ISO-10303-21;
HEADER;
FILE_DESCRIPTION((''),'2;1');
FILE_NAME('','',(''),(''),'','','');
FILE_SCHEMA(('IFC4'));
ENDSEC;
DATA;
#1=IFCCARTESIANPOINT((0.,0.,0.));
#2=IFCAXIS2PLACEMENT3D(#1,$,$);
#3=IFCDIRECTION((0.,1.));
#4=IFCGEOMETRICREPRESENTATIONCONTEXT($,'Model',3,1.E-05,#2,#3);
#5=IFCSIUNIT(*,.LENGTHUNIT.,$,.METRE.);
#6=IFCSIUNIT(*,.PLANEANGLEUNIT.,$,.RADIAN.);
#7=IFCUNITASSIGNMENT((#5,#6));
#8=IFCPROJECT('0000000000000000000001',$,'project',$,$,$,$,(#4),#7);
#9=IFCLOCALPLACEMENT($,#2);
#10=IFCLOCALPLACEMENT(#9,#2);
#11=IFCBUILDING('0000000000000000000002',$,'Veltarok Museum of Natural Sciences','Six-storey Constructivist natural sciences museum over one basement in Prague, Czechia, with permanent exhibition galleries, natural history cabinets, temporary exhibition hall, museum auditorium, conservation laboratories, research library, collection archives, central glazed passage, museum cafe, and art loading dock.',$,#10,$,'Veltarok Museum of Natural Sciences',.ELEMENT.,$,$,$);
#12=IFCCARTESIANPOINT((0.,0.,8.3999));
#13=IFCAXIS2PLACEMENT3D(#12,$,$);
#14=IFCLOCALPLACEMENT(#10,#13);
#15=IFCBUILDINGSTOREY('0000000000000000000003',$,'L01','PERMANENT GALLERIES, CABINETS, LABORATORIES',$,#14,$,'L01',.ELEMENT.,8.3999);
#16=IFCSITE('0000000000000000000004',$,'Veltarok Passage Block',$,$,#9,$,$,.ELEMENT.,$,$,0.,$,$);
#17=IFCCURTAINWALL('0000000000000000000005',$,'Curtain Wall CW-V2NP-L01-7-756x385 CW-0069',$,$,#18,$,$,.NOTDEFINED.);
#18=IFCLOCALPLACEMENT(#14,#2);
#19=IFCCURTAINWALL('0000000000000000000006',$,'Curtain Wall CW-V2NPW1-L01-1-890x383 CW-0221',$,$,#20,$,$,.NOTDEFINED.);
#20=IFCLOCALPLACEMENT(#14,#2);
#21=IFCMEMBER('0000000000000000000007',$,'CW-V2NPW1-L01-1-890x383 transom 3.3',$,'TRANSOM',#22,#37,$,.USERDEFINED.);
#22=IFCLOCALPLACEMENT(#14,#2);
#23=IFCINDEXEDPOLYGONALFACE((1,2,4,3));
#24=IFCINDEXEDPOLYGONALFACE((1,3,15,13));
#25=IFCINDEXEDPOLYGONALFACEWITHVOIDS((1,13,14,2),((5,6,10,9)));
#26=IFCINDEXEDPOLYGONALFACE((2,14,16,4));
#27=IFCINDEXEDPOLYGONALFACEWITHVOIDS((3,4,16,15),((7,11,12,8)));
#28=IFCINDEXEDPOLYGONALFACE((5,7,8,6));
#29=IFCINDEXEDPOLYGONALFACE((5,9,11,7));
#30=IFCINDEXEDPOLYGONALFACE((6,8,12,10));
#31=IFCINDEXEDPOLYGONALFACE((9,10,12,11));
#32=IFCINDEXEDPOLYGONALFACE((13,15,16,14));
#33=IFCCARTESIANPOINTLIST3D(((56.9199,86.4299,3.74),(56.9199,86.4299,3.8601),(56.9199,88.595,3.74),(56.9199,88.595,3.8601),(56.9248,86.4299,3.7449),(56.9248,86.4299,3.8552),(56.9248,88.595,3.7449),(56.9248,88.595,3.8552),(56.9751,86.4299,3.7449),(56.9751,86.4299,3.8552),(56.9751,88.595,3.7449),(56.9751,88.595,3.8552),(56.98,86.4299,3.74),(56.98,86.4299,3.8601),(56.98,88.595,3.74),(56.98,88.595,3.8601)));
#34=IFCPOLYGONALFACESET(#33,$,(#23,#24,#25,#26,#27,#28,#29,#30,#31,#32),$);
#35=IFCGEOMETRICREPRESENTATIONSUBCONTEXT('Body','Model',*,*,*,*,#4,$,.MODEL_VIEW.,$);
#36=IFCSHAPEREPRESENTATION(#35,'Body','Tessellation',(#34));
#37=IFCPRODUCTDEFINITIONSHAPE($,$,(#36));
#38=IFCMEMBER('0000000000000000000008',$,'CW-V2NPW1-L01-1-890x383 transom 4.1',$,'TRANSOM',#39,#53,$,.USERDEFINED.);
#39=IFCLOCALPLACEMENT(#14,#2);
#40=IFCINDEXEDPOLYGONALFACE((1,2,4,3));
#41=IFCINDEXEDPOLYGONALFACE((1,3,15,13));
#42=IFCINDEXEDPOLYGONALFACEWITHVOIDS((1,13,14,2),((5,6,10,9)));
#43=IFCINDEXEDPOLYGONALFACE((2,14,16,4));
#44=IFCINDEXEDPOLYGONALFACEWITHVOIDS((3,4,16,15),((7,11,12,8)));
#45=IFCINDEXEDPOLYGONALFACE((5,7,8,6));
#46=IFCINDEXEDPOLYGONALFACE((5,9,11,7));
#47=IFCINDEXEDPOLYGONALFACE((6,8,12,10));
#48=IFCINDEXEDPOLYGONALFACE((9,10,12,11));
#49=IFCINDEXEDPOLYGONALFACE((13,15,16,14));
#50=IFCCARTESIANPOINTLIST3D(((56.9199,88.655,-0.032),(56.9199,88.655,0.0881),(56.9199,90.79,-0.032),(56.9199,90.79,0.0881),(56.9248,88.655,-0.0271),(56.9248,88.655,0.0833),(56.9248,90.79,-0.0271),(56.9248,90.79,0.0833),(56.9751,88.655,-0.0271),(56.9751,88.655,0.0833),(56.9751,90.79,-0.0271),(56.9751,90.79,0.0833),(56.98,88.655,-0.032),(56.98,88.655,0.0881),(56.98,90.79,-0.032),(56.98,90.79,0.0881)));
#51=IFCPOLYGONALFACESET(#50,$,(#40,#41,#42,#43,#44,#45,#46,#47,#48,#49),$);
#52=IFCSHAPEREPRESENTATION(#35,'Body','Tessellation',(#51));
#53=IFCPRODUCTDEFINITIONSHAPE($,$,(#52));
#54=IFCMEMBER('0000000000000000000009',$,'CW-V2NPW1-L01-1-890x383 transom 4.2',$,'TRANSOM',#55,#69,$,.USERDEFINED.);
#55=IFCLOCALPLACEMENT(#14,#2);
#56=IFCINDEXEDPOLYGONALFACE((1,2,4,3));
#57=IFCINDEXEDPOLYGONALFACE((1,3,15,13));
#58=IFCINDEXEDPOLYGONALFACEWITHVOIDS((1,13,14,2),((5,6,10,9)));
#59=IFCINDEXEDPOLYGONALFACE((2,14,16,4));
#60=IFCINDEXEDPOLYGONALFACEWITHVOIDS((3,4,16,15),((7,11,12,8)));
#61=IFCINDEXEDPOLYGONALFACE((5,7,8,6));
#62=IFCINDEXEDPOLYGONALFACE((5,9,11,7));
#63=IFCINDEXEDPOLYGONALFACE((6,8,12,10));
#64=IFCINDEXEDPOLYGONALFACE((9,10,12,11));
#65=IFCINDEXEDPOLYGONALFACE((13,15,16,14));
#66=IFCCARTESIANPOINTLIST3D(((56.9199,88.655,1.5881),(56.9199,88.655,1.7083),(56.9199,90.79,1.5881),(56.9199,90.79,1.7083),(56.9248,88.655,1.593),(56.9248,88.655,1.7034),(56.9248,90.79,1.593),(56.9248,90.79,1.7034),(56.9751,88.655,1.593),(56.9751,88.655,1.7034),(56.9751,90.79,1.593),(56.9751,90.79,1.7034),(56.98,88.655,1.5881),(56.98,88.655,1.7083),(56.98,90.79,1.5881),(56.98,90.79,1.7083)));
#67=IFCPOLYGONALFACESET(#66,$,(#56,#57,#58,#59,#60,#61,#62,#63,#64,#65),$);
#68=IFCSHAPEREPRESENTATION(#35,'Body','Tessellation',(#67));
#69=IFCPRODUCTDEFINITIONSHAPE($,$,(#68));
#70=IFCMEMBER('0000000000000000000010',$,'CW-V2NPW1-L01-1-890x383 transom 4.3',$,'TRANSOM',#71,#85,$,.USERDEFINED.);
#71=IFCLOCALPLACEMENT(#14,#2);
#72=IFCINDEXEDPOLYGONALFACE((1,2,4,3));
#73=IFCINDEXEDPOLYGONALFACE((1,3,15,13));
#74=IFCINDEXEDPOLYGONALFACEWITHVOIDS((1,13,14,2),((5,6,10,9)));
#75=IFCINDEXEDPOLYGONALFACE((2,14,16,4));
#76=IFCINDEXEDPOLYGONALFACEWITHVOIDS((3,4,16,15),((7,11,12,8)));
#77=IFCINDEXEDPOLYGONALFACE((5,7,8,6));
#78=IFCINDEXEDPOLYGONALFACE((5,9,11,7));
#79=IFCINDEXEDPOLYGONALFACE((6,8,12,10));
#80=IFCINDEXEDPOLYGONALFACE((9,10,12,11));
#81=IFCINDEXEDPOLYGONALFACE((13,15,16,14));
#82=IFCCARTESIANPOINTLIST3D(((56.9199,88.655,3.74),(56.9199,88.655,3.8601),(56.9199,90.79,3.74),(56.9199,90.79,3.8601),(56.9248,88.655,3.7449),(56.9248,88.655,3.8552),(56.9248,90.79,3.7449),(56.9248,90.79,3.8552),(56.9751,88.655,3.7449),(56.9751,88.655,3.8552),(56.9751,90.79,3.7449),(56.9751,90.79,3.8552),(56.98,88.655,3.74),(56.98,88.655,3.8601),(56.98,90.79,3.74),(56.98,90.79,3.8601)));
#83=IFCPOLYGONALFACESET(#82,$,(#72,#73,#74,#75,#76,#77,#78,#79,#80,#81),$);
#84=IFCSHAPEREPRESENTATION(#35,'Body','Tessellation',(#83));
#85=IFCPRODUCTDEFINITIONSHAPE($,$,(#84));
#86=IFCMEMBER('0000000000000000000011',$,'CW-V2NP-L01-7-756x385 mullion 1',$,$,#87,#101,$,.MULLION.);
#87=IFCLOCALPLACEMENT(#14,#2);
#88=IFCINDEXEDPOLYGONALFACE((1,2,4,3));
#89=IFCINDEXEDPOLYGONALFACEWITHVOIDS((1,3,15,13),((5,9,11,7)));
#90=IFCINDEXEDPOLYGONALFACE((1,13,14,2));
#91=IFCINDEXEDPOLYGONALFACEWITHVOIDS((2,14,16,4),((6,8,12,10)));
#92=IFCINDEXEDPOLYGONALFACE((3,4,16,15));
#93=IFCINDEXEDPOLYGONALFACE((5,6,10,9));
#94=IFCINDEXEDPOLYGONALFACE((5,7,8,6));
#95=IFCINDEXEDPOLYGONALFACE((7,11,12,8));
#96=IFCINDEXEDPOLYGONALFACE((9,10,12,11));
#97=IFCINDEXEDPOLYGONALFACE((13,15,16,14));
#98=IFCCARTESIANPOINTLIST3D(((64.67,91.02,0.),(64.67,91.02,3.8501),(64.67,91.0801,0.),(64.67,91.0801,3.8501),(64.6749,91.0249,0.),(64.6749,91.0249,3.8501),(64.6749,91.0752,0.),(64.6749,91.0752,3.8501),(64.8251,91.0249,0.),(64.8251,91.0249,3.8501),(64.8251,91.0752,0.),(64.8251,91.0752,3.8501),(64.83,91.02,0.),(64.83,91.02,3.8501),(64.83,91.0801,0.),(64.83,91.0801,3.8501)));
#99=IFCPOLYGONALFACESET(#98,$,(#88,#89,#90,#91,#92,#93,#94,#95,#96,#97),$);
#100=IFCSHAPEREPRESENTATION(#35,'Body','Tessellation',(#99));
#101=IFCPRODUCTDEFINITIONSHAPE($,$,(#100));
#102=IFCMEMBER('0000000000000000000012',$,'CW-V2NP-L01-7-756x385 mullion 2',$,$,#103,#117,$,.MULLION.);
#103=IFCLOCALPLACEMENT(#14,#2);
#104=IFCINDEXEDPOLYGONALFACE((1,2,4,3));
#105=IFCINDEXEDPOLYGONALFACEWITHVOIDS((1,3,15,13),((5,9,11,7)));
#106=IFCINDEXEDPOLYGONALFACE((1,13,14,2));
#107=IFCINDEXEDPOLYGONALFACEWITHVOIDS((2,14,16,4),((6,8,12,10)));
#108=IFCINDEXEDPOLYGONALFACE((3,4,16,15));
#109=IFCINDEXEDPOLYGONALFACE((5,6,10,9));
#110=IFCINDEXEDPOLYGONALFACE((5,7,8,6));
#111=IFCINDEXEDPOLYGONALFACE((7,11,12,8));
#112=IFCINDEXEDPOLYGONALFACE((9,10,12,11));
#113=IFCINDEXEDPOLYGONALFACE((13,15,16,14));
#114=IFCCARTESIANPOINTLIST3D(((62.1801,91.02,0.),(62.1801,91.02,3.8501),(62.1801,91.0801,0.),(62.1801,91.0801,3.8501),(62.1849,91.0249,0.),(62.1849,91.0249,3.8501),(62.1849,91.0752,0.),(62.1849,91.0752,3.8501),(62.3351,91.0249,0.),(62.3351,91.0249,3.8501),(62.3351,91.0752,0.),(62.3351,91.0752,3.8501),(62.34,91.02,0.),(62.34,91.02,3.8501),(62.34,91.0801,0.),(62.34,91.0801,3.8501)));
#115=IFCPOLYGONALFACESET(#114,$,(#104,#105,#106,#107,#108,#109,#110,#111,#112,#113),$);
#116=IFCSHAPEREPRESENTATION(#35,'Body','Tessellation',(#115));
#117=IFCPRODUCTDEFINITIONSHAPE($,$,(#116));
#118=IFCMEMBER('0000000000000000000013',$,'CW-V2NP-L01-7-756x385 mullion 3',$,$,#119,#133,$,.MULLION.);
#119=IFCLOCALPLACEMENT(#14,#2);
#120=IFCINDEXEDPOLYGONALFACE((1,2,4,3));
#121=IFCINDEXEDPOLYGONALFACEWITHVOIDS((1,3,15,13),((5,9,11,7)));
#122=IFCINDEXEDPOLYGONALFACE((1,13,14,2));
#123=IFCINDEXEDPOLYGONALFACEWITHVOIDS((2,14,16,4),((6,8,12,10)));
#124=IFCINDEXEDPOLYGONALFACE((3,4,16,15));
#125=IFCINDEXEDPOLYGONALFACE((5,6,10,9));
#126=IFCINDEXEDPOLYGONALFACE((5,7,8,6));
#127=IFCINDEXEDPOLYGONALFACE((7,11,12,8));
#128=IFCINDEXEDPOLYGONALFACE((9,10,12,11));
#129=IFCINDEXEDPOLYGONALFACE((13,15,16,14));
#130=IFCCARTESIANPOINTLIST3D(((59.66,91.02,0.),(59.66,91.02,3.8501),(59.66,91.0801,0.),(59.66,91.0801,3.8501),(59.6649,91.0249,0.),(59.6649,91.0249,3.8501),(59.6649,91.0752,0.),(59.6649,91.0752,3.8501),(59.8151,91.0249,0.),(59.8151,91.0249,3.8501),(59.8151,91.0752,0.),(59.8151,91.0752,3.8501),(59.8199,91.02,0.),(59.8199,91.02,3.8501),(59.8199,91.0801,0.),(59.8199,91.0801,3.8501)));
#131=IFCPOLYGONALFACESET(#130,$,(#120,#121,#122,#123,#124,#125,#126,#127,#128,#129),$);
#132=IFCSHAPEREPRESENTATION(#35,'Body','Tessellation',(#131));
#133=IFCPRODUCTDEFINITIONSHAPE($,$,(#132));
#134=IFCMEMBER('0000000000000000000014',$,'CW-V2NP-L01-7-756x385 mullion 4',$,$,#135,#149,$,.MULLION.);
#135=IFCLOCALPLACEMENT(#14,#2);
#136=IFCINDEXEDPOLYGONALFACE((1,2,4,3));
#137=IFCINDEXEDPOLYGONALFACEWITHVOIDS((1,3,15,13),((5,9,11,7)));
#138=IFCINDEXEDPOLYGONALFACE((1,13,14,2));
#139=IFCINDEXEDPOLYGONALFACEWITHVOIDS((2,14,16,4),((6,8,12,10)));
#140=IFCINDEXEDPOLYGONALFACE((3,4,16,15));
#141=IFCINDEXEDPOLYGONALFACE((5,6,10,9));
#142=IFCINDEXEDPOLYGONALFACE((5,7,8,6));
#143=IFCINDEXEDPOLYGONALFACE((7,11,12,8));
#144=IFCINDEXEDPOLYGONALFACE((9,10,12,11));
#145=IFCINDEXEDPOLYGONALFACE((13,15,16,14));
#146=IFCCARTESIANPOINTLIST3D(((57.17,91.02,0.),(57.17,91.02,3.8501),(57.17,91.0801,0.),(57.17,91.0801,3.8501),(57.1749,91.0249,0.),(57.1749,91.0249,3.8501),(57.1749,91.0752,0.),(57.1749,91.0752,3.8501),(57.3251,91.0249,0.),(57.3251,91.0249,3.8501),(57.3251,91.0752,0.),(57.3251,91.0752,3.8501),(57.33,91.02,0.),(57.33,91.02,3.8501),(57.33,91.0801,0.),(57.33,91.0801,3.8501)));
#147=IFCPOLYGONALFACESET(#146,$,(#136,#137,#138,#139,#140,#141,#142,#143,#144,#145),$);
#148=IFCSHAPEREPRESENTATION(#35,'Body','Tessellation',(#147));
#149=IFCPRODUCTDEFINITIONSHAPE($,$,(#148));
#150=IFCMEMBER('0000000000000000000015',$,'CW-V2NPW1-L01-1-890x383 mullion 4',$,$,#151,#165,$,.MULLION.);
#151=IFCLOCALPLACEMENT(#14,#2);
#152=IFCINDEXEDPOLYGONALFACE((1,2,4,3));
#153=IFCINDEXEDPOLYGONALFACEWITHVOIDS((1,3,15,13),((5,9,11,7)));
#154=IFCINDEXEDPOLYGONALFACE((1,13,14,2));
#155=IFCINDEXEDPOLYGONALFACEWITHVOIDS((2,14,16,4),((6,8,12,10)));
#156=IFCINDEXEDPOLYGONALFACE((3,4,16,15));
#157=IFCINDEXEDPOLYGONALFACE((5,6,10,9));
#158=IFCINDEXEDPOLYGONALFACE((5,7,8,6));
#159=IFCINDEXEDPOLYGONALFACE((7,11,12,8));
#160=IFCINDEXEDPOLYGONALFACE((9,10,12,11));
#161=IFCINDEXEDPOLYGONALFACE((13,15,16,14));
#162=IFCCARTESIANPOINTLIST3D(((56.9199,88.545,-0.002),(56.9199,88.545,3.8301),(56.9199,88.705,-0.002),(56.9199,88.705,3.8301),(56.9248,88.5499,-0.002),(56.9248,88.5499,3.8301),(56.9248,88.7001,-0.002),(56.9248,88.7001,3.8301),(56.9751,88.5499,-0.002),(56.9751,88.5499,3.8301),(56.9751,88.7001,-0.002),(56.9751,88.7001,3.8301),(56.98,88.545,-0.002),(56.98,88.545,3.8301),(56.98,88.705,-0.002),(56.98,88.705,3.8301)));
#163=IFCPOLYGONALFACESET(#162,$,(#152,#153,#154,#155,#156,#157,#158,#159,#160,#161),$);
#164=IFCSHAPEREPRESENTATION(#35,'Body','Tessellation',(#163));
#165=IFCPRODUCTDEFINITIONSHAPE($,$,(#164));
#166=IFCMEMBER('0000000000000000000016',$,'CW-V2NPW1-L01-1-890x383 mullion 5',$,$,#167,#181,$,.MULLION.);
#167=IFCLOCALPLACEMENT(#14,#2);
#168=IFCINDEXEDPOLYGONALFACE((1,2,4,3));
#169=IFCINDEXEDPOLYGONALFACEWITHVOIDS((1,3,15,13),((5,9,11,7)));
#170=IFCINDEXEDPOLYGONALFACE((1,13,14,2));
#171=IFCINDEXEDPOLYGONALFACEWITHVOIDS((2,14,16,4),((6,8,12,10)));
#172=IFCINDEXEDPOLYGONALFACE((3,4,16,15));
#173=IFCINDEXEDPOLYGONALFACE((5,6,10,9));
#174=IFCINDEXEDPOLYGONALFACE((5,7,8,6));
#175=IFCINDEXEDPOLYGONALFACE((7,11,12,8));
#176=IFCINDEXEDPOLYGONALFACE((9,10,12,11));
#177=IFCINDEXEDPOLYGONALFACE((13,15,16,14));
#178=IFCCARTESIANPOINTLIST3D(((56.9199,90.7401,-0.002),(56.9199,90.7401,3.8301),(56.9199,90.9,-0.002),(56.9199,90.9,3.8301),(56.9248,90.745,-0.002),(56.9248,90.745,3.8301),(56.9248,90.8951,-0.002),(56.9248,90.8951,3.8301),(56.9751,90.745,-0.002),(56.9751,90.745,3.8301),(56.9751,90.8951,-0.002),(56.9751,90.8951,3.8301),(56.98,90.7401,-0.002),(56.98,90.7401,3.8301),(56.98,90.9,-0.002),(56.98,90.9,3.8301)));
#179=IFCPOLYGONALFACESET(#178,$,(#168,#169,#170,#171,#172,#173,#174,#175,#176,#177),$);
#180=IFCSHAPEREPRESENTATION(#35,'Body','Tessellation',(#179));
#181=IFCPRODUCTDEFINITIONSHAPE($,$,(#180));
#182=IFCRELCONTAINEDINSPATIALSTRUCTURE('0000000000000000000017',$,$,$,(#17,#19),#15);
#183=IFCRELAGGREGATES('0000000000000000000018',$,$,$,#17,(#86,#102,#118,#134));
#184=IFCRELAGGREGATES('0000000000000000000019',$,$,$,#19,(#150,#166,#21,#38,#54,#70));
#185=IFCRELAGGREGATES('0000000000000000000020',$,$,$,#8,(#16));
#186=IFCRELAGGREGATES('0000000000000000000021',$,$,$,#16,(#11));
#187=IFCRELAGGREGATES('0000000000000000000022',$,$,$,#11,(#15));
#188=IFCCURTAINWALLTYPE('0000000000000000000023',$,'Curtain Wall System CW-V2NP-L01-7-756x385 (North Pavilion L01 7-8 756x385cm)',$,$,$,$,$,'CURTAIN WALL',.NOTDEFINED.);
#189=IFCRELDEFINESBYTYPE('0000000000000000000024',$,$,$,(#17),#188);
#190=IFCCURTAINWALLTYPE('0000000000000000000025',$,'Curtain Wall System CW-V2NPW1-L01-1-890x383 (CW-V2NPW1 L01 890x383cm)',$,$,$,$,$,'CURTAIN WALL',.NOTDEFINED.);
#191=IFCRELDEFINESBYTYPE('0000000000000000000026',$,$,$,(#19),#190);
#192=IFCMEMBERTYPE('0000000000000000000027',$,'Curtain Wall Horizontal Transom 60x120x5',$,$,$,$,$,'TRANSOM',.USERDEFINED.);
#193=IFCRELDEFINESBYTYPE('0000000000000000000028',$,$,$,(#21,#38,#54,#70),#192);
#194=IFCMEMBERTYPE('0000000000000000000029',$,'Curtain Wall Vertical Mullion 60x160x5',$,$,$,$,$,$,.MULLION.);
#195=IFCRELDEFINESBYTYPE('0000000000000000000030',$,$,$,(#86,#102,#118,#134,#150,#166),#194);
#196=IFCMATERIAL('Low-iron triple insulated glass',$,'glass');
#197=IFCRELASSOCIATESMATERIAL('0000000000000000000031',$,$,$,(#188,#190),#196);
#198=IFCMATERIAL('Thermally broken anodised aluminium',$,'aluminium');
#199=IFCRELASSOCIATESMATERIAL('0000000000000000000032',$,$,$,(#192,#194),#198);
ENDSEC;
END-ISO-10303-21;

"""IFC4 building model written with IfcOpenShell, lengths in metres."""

from ifc_helpers import new_model, si_unit, direction, frame, origin, origin_2d, place, context, subcontext, project, spatial, hollow_rectangle, extrude, material, material_profile, profile_set, type_object, element, aggregate, save


model = new_model("IFC4")

# Units and contexts
model_context = context("Model", 3, precision=1e-05, world=origin(), true_north=direction((0.0, 1.0)))
body_context = subcontext(model_context, "Body", "Model", "MODEL_VIEW")
ifc_project = project(units=[si_unit("LENGTHUNIT", "METRE"), si_unit("PLANEANGLEUNIT", "RADIAN")], contexts=[model_context])

# Site, building, storey
site_placement = place(None, origin())
site = spatial("IfcSite", under=ifc_project, at=site_placement, Name="Veltarok Passage Block", CompositionType="ELEMENT", RefElevation=0.0)
building_placement = place(site_placement, origin())
building = spatial("IfcBuilding", under=site, at=building_placement, Name="Veltarok Museum of Natural Sciences", Description="Six-storey Constructivist natural sciences museum over one basement in Prague, Czechia, with permanent exhibition galleries, natural history cabinets, temporary exhibition hall, museum auditorium, conservation laboratories, research library, collection archives, central glazed passage, museum cafe, and art loading dock.", LongName="Veltarok Museum of Natural Sciences", CompositionType="ELEMENT")
storey_placement = place(building_placement, frame((0.0, 0.0, 8.3999)))
storey = spatial("IfcBuildingStorey", under=building, at=storey_placement, Name="L01", Description="PERMANENT GALLERIES, CABINETS, LABORATORIES", LongName="L01", CompositionType="ELEMENT", Elevation=8.3999)

# Curtain walls, members
ifc_material_1 = material(Name="Low-iron triple insulated glass", Category="glass")
curtain_wall_type_1 = type_object("IfcCurtainWallType", Name="Curtain Wall System CW-V2NP-L01-7-756x385 (North Pavilion L01 7-8 756x385cm)", ElementType="CURTAIN WALL", PredefinedType="NOTDEFINED", material=ifc_material_1)
curtain_wall_1_placement = place(storey_placement, origin())
curtain_wall_1 = element("IfcCurtainWall", 1, at=curtain_wall_1_placement, inside=storey, type_object=curtain_wall_type_1, Name="Curtain Wall CW-V2NP-L01-7-756x385 CW-0069", PredefinedType="NOTDEFINED")
ifc_material_2 = material(Name="Thermally broken anodised aluminium", Category="aluminium")
ifc_material_profile_1 = material_profile(ifc_material_2, hollow_rectangle(XDim=0.0601, YDim=0.1201, WallThickness=0.0049, at=origin_2d()), Name="CW TRANSOM 60x120x5")
ifc_profile_set_1 = profile_set([ifc_material_profile_1], Name="Thermally broken anodised aluminium")
member_type_1 = type_object("IfcMemberType", Name="Curtain Wall Horizontal Transom 60x120x5", ElementType="TRANSOM", PredefinedType="USERDEFINED", material=ifc_profile_set_1)
curtain_wall_type_2 = type_object("IfcCurtainWallType", Name="Curtain Wall System CW-V2NPW1-L01-1-890x383 (CW-V2NPW1 L01 890x383cm)", ElementType="CURTAIN WALL", PredefinedType="NOTDEFINED", material=ifc_material_1)
curtain_wall_2_placement = place(storey_placement, origin())
curtain_wall_2 = element("IfcCurtainWall", 2, at=curtain_wall_2_placement, inside=storey, type_object=curtain_wall_type_2, Name="Curtain Wall CW-V2NPW1-L01-1-890x383 CW-0221", PredefinedType="NOTDEFINED")
member_1_placement = place(storey_placement, frame((56.95, 86.4299, 3.8), z_axis=(0.0, 1.0, 0.0), x_axis=(-1.0, 0.0, 0.0)))
member_1 = element("IfcMember", 3, at=member_1_placement, type_object=member_type_1, Name="CW-V2NPW1-L01-1-890x383 transom 3.3", ObjectType="TRANSOM", PredefinedType="USERDEFINED", context=body_context, shape_type="SweptSolid", body=[
    extrude(hollow_rectangle(XDim=0.0601, YDim=0.1201, WallThickness=0.0049, at=origin_2d()), origin(), (0.0, 0.0, 1.0), 2.165),
])
member_2_placement = place(storey_placement, frame((56.95, 88.655, 0.0281), z_axis=(0.0, 1.0, 0.0), x_axis=(-1.0, 0.0, 0.0)))
member_2 = element("IfcMember", 4, at=member_2_placement, type_object=member_type_1, Name="CW-V2NPW1-L01-1-890x383 transom 4.1", ObjectType="TRANSOM", PredefinedType="USERDEFINED", context=body_context, shape_type="SweptSolid", body=[
    extrude(hollow_rectangle(XDim=0.0601, YDim=0.1201, WallThickness=0.0049, at=origin_2d()), origin(), (0.0, 0.0, 1.0), 2.135),
])
member_3_placement = place(storey_placement, frame((56.95, 88.655, 1.6482), z_axis=(0.0, 1.0, 0.0), x_axis=(-1.0, 0.0, 0.0)))
member_3 = element("IfcMember", 5, at=member_3_placement, type_object=member_type_1, Name="CW-V2NPW1-L01-1-890x383 transom 4.2", ObjectType="TRANSOM", PredefinedType="USERDEFINED", context=body_context, shape_type="SweptSolid", body=[
    extrude(hollow_rectangle(XDim=0.0601, YDim=0.1201, WallThickness=0.0049, at=origin_2d()), origin(), (0.0, 0.0, 1.0), 2.135),
])
member_4_placement = place(storey_placement, frame((56.95, 88.655, 3.8), z_axis=(0.0, 1.0, 0.0), x_axis=(-1.0, 0.0, 0.0)))
member_4 = element("IfcMember", 6, at=member_4_placement, type_object=member_type_1, Name="CW-V2NPW1-L01-1-890x383 transom 4.3", ObjectType="TRANSOM", PredefinedType="USERDEFINED", context=body_context, shape_type="SweptSolid", body=[
    extrude(hollow_rectangle(XDim=0.0601, YDim=0.1201, WallThickness=0.0049, at=origin_2d()), origin(), (0.0, 0.0, 1.0), 2.135),
])

# Members
ifc_material_profile_2 = material_profile(ifc_material_2, hollow_rectangle(XDim=0.0601, YDim=0.1599, WallThickness=0.0049, at=origin_2d()), Name="CW MULLION 60x160x5")
ifc_profile_set_2 = profile_set([ifc_material_profile_2], Name="Thermally broken anodised aluminium")
member_type_2 = type_object("IfcMemberType", Name="Curtain Wall Vertical Mullion 60x160x5", PredefinedType="MULLION", material=ifc_profile_set_2)
member_5_placement = place(storey_placement, frame((64.75, 91.05, 0.0), z_axis=(0.0, 0.0, 1.0), x_axis=(0.0, -1.0, 0.0)))
member_5 = element("IfcMember", 7, at=member_5_placement, type_object=member_type_2, Name="CW-V2NP-L01-7-756x385 mullion 1", PredefinedType="MULLION", context=body_context, shape_type="SweptSolid", body=[
    extrude(hollow_rectangle(XDim=0.0601, YDim=0.1599, WallThickness=0.0049, at=origin_2d()), origin(), (0.0, 0.0, 1.0), 3.8501),
])
member_6_placement = place(storey_placement, frame((62.26, 91.05, 0.0), z_axis=(0.0, 0.0, 1.0), x_axis=(0.0, -1.0, 0.0)))
member_6 = element("IfcMember", 8, at=member_6_placement, type_object=member_type_2, Name="CW-V2NP-L01-7-756x385 mullion 2", PredefinedType="MULLION", context=body_context, shape_type="SweptSolid", body=[
    extrude(hollow_rectangle(XDim=0.0601, YDim=0.1599, WallThickness=0.0049, at=origin_2d()), origin(), (0.0, 0.0, 1.0), 3.8501),
])
member_7_placement = place(storey_placement, frame((59.74, 91.05, 0.0), z_axis=(0.0, 0.0, 1.0), x_axis=(0.0, -1.0, 0.0)))
member_7 = element("IfcMember", 9, at=member_7_placement, type_object=member_type_2, Name="CW-V2NP-L01-7-756x385 mullion 3", PredefinedType="MULLION", context=body_context, shape_type="SweptSolid", body=[
    extrude(hollow_rectangle(XDim=0.0601, YDim=0.1599, WallThickness=0.0049, at=origin_2d()), origin(), (0.0, 0.0, 1.0), 3.8501),
])
member_8_placement = place(storey_placement, frame((57.25, 91.05, 0.0), z_axis=(0.0, 0.0, 1.0), x_axis=(0.0, -1.0, 0.0)))
member_8 = element("IfcMember", 10, at=member_8_placement, type_object=member_type_2, Name="CW-V2NP-L01-7-756x385 mullion 4", PredefinedType="MULLION", context=body_context, shape_type="SweptSolid", body=[
    extrude(hollow_rectangle(XDim=0.0601, YDim=0.1599, WallThickness=0.0049, at=origin_2d()), origin(), (0.0, 0.0, 1.0), 3.8501),
])
member_9_placement = place(storey_placement, frame((56.95, 88.625, -0.002), z_axis=(0.0, 0.0, 1.0), x_axis=(-1.0, 0.0, 0.0)))
member_9 = element("IfcMember", 11, at=member_9_placement, type_object=member_type_2, Name="CW-V2NPW1-L01-1-890x383 mullion 4", PredefinedType="MULLION", context=body_context, shape_type="SweptSolid", body=[
    extrude(hollow_rectangle(XDim=0.0601, YDim=0.1599, WallThickness=0.0049, at=origin_2d()), origin(), (0.0, 0.0, 1.0), 3.832),
])
member_10_placement = place(storey_placement, frame((56.95, 90.8201, -0.002), z_axis=(0.0, 0.0, 1.0), x_axis=(-1.0, 0.0, 0.0)))
member_10 = element("IfcMember", 12, at=member_10_placement, type_object=member_type_2, Name="CW-V2NPW1-L01-1-890x383 mullion 5", PredefinedType="MULLION", context=body_context, shape_type="SweptSolid", body=[
    extrude(hollow_rectangle(XDim=0.0601, YDim=0.1599, WallThickness=0.0049, at=origin_2d()), origin(), (0.0, 0.0, 1.0), 3.832),
])

aggregate(curtain_wall_1, [member_5, member_6, member_7, member_8])
aggregate(curtain_wall_2, [member_9, member_10, member_1, member_2, member_3, member_4])

save(model, "model.ifc")
